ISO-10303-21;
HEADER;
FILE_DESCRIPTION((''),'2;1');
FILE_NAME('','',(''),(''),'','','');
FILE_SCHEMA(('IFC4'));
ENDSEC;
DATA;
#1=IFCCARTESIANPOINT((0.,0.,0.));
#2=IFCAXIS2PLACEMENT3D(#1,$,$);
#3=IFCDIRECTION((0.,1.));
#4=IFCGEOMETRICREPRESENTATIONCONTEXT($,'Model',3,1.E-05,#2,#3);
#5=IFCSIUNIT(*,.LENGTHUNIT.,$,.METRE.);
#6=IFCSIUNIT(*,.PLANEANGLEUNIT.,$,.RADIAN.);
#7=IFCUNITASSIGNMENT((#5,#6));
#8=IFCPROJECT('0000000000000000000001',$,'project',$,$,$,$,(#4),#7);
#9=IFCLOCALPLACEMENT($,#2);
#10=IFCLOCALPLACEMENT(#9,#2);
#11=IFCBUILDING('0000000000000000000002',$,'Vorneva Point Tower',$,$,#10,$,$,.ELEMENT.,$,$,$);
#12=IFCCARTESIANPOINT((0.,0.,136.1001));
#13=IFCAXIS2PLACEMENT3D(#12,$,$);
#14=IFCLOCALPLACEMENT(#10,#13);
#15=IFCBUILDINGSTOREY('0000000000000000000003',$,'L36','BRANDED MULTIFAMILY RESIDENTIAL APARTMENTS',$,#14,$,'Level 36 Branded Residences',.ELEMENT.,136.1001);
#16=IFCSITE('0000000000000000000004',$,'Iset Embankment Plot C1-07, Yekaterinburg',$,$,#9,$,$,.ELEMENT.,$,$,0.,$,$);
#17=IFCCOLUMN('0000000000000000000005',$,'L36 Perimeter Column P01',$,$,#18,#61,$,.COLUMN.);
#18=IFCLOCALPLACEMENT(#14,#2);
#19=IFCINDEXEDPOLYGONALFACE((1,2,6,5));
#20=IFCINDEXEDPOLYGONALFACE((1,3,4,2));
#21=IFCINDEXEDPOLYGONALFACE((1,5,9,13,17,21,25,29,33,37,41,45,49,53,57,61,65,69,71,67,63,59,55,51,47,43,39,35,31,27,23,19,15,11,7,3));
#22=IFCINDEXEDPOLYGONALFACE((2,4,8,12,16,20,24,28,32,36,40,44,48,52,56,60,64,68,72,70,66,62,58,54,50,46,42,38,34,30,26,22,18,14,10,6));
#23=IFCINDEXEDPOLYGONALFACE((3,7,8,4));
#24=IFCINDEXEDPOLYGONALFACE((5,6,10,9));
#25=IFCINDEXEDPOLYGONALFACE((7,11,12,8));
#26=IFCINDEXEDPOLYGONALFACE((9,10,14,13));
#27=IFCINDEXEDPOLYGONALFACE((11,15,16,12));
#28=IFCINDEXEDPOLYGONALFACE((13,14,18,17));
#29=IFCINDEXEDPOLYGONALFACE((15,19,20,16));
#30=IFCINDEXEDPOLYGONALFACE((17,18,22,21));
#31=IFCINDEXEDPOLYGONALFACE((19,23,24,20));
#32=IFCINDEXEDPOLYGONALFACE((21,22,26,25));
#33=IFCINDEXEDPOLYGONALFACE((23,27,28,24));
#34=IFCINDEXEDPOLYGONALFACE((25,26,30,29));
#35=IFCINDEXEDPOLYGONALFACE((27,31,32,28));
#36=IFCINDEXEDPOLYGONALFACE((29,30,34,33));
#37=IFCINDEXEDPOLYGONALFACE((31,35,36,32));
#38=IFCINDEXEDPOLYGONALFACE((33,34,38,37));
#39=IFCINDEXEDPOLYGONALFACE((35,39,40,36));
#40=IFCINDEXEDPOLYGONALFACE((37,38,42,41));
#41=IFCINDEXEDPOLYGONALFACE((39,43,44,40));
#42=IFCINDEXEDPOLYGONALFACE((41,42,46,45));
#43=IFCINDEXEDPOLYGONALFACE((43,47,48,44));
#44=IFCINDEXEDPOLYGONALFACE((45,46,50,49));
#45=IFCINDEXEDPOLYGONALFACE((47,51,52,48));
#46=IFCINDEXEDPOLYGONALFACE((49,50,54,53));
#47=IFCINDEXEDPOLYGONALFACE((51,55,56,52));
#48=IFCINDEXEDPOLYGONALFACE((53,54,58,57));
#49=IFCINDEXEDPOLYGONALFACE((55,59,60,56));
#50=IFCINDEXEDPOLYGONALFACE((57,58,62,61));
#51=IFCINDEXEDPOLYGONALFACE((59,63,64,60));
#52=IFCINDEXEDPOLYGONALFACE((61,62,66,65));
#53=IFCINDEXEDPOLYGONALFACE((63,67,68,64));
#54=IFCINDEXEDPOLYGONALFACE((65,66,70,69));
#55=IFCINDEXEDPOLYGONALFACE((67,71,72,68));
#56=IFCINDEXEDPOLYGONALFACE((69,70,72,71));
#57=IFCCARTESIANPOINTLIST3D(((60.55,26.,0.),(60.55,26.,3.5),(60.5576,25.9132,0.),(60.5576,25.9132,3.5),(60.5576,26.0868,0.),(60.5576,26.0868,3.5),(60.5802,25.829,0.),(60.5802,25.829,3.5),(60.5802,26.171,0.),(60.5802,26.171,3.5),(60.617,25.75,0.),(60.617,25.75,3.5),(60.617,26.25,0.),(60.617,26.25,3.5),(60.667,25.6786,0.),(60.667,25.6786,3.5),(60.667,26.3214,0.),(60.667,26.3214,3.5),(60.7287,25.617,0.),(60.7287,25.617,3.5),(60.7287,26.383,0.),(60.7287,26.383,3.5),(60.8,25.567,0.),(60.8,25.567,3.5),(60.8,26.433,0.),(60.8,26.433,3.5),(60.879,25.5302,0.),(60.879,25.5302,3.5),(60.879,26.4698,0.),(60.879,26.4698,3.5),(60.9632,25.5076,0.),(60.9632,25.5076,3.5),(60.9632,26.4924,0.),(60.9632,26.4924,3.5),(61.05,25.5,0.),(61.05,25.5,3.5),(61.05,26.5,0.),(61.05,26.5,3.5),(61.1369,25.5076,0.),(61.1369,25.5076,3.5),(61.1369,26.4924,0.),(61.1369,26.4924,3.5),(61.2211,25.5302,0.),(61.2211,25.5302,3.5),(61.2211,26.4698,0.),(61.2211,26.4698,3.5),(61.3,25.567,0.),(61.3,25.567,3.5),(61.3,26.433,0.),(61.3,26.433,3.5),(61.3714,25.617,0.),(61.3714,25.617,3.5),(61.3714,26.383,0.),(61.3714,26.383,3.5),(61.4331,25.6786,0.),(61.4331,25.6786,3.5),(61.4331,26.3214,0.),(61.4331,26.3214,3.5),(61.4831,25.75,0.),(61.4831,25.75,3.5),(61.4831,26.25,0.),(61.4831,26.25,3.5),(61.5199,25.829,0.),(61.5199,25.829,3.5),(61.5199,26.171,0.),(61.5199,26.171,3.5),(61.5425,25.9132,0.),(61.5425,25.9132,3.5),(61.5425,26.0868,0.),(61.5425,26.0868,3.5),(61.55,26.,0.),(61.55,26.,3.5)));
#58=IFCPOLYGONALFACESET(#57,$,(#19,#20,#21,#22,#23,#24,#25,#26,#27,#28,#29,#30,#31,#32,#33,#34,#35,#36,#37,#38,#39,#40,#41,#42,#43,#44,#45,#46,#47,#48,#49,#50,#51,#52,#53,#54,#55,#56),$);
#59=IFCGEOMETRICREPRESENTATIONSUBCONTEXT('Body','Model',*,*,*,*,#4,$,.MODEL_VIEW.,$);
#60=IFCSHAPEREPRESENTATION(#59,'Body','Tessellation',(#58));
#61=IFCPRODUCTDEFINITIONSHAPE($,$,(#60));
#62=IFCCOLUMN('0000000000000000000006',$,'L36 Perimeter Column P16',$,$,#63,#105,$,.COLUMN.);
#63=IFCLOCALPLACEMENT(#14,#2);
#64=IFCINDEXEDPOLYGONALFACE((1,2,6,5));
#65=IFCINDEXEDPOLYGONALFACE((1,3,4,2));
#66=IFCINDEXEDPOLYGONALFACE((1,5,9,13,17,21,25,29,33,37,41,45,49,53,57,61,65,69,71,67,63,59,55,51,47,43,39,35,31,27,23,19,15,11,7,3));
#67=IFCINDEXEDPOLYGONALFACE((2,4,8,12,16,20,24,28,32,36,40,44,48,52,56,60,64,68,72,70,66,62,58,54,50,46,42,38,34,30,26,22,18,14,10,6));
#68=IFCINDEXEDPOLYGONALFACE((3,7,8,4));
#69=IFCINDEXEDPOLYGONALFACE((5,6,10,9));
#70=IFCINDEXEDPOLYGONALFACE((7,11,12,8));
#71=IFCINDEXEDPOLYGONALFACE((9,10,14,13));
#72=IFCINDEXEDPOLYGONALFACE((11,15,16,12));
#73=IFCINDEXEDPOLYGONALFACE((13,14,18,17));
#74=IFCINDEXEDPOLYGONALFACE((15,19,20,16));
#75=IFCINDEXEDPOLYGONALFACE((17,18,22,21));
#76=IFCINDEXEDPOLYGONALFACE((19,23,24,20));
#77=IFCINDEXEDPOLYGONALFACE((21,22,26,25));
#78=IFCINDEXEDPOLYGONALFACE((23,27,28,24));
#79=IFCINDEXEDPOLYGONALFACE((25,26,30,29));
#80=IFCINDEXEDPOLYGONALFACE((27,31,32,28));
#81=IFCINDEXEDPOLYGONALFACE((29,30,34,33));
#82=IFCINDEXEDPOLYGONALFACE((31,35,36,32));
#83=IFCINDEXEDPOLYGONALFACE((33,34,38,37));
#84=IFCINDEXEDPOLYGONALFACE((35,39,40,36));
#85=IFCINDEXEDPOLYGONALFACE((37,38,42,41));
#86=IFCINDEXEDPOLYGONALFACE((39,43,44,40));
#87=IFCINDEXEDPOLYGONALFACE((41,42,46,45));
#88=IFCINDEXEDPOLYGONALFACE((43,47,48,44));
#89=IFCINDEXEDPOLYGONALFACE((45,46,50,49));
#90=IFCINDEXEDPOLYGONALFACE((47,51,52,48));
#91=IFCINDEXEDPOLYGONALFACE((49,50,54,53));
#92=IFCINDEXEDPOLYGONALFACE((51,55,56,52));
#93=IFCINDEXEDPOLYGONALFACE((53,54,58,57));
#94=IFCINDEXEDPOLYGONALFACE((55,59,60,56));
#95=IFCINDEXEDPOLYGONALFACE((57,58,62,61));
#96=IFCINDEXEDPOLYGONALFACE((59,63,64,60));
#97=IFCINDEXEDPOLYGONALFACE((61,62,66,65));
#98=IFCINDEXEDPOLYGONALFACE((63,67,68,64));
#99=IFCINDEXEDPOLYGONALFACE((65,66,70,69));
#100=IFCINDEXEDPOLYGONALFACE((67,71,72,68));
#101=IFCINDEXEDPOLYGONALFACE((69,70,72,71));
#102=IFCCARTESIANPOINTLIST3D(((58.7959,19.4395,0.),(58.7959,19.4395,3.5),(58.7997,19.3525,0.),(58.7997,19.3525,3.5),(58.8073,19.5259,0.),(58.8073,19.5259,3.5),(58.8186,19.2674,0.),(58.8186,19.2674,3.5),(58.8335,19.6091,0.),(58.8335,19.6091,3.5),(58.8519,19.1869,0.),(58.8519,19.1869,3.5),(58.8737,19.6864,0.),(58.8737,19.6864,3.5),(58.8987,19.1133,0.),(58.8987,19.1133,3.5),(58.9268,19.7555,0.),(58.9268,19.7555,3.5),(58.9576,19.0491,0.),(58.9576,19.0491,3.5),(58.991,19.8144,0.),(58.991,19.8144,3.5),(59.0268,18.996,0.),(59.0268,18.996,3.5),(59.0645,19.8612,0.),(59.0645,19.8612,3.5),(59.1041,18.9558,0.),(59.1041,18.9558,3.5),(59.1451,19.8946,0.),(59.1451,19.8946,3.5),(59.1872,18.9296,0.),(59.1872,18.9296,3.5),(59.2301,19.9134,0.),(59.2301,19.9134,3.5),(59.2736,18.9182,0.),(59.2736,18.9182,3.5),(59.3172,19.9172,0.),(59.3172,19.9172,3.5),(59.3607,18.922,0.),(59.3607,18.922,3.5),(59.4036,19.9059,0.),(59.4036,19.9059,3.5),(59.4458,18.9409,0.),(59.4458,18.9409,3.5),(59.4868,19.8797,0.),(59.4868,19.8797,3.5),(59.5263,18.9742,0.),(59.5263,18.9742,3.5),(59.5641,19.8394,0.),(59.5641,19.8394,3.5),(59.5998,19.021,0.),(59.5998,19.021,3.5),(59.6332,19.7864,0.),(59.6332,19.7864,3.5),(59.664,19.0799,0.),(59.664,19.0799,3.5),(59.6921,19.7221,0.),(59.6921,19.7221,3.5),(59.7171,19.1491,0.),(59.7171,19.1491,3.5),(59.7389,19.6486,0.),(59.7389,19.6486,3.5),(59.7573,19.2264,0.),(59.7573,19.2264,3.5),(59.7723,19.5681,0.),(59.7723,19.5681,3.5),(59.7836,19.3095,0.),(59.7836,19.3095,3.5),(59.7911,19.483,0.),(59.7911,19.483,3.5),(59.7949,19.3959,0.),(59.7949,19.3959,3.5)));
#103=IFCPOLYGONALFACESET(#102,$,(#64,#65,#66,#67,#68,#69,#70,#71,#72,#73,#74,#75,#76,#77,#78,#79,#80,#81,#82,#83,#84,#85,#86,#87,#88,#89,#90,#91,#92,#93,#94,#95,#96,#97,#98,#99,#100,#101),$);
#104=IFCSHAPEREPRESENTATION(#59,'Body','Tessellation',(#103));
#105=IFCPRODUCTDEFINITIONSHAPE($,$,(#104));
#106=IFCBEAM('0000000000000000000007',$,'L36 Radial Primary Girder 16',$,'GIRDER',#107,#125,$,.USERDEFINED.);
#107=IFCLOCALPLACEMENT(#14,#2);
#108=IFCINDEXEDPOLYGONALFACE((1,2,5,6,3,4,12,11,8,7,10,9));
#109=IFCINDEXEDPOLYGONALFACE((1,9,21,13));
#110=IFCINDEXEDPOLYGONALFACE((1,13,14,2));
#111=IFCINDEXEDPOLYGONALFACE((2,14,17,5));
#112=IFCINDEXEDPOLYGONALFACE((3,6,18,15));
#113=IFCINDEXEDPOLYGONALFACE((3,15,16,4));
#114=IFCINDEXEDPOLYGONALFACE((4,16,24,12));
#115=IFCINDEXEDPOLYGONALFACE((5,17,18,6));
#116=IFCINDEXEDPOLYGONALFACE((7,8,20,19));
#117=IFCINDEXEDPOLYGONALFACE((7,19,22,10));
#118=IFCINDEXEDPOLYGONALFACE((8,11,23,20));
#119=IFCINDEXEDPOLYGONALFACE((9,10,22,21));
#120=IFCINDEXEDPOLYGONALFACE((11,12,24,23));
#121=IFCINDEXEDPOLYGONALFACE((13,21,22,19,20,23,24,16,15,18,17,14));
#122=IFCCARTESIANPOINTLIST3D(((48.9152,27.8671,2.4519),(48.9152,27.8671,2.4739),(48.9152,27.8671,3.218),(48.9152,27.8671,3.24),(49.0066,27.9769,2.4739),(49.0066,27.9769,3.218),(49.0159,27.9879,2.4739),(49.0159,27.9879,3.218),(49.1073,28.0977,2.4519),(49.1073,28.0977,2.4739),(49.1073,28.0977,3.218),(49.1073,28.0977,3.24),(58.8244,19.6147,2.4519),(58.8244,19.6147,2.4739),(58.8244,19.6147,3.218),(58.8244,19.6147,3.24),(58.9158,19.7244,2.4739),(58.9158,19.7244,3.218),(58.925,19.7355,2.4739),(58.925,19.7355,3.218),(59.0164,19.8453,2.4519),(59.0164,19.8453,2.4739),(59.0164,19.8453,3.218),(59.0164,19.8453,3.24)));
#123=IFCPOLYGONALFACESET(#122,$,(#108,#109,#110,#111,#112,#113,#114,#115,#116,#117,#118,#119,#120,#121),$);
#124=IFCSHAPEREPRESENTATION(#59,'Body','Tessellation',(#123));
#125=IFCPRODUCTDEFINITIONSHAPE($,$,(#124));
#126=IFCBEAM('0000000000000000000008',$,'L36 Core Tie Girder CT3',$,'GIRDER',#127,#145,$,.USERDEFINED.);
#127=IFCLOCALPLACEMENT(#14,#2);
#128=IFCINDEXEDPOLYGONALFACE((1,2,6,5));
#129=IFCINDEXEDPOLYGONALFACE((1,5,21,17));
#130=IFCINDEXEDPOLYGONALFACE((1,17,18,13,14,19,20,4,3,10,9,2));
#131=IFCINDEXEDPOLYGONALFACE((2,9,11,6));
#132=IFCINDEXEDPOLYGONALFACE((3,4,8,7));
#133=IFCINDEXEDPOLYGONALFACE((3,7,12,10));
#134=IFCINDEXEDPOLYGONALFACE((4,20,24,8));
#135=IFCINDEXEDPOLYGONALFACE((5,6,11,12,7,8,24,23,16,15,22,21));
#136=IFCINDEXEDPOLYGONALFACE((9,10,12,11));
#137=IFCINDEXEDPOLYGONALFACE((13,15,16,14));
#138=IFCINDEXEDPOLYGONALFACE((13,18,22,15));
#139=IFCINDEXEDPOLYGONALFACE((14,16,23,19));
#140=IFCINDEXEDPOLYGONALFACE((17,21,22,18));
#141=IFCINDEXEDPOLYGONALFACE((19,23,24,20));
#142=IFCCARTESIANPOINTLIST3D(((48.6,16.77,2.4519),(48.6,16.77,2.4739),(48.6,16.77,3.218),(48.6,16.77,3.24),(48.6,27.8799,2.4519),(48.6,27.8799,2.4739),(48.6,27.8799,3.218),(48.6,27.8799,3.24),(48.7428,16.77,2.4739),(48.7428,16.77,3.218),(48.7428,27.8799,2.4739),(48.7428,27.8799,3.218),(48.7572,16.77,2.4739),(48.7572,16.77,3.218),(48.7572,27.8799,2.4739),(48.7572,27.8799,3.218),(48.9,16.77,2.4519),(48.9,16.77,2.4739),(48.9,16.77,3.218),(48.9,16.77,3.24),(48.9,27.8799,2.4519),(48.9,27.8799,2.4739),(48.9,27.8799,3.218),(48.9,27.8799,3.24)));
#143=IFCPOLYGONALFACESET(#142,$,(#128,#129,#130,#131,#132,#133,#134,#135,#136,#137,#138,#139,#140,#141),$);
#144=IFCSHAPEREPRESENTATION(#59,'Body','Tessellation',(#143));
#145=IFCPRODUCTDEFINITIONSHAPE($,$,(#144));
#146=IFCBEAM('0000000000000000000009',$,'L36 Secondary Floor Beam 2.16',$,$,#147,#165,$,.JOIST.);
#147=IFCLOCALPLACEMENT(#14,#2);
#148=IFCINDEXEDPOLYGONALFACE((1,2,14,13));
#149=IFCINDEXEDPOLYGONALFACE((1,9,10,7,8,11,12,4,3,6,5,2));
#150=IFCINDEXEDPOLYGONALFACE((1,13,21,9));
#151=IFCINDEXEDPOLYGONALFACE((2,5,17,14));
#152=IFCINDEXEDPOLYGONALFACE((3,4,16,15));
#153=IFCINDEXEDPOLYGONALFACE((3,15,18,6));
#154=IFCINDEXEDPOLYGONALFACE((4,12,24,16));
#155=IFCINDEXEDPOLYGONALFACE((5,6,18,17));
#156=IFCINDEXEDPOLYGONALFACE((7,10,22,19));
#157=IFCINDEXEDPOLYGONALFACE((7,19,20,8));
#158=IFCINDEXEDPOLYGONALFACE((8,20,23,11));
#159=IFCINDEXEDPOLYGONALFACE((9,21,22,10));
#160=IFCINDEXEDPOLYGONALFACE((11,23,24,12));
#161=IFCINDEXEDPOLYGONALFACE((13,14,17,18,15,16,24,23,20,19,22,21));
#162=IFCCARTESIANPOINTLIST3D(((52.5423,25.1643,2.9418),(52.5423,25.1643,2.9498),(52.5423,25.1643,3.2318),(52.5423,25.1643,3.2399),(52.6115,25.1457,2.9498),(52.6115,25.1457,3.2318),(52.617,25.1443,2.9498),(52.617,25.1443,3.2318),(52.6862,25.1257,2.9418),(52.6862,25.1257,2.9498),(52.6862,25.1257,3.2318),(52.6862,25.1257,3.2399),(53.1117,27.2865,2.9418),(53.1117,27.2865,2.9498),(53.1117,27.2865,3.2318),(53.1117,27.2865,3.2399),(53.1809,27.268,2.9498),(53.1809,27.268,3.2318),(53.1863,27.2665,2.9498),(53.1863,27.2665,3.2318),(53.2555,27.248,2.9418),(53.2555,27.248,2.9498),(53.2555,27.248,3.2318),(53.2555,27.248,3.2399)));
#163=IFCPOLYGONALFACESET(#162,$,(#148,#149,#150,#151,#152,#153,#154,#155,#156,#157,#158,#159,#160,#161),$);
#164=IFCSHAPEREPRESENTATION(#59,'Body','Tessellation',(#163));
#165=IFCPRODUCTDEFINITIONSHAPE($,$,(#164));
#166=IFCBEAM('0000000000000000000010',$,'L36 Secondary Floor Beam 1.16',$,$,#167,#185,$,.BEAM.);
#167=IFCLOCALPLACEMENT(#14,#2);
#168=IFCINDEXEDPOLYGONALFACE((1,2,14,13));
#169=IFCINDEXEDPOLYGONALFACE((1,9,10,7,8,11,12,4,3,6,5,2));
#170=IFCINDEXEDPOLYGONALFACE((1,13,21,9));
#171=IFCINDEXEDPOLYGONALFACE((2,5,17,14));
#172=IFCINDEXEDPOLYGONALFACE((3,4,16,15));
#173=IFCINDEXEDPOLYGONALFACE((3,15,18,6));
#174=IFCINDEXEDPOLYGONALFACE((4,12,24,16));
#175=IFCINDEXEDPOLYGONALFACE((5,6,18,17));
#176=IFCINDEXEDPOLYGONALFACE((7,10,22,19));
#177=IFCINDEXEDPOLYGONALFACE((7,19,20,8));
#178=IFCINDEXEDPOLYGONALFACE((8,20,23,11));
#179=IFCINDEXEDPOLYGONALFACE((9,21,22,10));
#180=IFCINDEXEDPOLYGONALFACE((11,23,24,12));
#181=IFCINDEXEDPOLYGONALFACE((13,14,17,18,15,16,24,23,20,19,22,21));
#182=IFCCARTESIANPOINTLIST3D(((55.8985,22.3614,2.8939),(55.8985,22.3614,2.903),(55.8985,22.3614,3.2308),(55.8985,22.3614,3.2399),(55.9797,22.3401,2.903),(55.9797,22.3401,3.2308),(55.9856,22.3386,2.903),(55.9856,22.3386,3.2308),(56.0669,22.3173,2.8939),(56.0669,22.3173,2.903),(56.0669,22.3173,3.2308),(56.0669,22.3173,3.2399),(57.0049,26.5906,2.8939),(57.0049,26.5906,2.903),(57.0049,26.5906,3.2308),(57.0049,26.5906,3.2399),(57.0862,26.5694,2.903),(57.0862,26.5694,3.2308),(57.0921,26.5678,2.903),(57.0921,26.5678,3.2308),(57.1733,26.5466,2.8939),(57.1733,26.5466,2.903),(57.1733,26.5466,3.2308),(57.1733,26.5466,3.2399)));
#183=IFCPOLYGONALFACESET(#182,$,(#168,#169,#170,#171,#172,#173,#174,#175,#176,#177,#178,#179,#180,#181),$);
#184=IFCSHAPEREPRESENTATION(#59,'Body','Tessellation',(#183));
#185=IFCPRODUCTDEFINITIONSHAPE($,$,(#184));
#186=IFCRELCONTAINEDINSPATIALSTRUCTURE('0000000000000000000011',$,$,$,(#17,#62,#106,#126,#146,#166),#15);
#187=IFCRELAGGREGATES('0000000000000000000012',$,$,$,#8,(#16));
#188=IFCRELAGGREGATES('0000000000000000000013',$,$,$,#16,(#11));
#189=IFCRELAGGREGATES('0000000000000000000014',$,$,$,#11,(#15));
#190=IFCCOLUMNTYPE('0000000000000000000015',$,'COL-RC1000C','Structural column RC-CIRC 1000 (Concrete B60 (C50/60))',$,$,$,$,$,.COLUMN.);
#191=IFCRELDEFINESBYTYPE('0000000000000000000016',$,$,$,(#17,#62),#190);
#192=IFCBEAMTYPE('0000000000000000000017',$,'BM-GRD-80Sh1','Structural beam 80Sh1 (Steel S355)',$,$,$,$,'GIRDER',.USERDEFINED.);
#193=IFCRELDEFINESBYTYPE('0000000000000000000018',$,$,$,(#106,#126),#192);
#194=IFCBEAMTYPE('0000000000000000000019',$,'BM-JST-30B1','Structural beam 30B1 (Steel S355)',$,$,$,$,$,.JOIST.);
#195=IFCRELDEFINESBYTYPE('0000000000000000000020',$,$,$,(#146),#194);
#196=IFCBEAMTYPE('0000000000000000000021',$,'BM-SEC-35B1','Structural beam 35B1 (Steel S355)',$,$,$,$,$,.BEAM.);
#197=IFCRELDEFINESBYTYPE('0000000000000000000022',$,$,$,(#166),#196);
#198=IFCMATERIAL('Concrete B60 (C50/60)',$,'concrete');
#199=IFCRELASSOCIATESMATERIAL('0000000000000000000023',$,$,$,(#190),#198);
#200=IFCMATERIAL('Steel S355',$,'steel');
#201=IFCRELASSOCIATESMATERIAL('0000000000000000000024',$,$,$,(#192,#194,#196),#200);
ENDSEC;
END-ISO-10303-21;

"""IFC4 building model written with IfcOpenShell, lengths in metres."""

from ifc_helpers import new_model, si_unit, direction, frame, origin, origin_2d, place, context, subcontext, project, spatial, circle, i_section, extrude, material, material_profile, profile_set, type_object, element, save


model = new_model("IFC4")

# Units and contexts
model_context = context("Model", 3, precision=1e-05, world=origin(), true_north=direction((0.0, 1.0)))
body_context = subcontext(model_context, "Body", "Model", "MODEL_VIEW")
ifc_project = project(units=[si_unit("LENGTHUNIT", "METRE"), si_unit("PLANEANGLEUNIT", "RADIAN")], contexts=[model_context])

# Site, building, storey
site_placement = place(None, origin())
site = spatial("IfcSite", under=ifc_project, at=site_placement, Name="Iset Embankment Plot C1-07, Yekaterinburg", CompositionType="ELEMENT", RefElevation=0.0)
building_placement = place(site_placement, origin())
building = spatial("IfcBuilding", under=site, at=building_placement, Name="Vorneva Point Tower", CompositionType="ELEMENT")
storey_placement = place(building_placement, frame((0.0, 0.0, 136.1001)))
storey = spatial("IfcBuildingStorey", under=building, at=storey_placement, Name="L36", Description="BRANDED MULTIFAMILY RESIDENTIAL APARTMENTS", LongName="Level 36 Branded Residences", CompositionType="ELEMENT", Elevation=136.1001)

# Columns
ifc_material_1 = material(Name="Concrete B60 (C50/60)", Category="concrete")
ifc_material_profile_1 = material_profile(ifc_material_1, circle(Radius=0.5, at=origin_2d()), Name="RC-CIRC 1000")
ifc_profile_set_1 = profile_set([ifc_material_profile_1], Name="Concrete B60 (C50/60)")
column_type = type_object("IfcColumnType", Name="COL-RC1000C", Description="Structural column RC-CIRC 1000 (Concrete B60 (C50/60))", PredefinedType="COLUMN", material=ifc_profile_set_1)
for number, where, z_axis, x_axis, name in (
    (1, (61.05, 26.0, 0.0), (0.0, 0.0, 1.0), (1.0, 0.0, 0.0), "L36 Perimeter Column P01"),
    (2, (59.2954, 19.4177, 0.0), (0.0, 0.0, 1.0), (0.92388, -0.382683, 0.0), "L36 Perimeter Column P16"),
):
    element("IfcColumn", number, at=place(storey_placement, frame(where, z_axis=z_axis, x_axis=x_axis)), inside=storey, type_object=column_type, Name=name, PredefinedType="COLUMN", context=body_context, shape_type="SweptSolid", body=[
        extrude(circle(Radius=0.5, at=origin_2d()), origin(), (0.0, 0.0, 1.0), 3.5),
    ])

# Beams
ifc_material_2 = material(Name="Steel S355", Category="steel")
ifc_material_profile_2 = material_profile(ifc_material_2, i_section(OverallWidth=0.3, OverallDepth=0.7881, WebThickness=0.0144, FlangeThickness=0.022, at=origin_2d()), Name="80Sh1")
ifc_profile_set_2 = profile_set([ifc_material_profile_2], Name="Steel S355")
beam_type_1 = type_object("IfcBeamType", Name="BM-GRD-80Sh1", Description="Structural beam 80Sh1 (Steel S355)", ElementType="GIRDER", PredefinedType="USERDEFINED", material=ifc_profile_set_2)
beam_1_placement = place(storey_placement, frame((58.9204, 19.73, 2.8459), z_axis=(-0.76842, 0.639946, 0.0), x_axis=(-0.639946, -0.76842, 0.0)))
element("IfcBeam", 3, at=beam_1_placement, inside=storey, type_object=beam_type_1, Name="L36 Radial Primary Girder 16", ObjectType="GIRDER", PredefinedType="USERDEFINED", context=body_context, shape_type="SweptSolid", body=[
    extrude(i_section(OverallWidth=0.3, OverallDepth=0.7881, WebThickness=0.0144, FlangeThickness=0.022, at=origin_2d()), origin(), (0.0, 0.0, 1.0), 12.8955),
])
beam_2_placement = place(storey_placement, frame((48.75, 16.77, 2.8459), z_axis=(0.0, 1.0, 0.0), x_axis=(-1.0, 0.0, 0.0)))
element("IfcBeam", 4, at=beam_2_placement, inside=storey, type_object=beam_type_1, Name="L36 Core Tie Girder CT3", ObjectType="GIRDER", PredefinedType="USERDEFINED", context=body_context, shape_type="SweptSolid", body=[
    extrude(i_section(OverallWidth=0.3, OverallDepth=0.7881, WebThickness=0.0144, FlangeThickness=0.022, at=origin_2d()), origin(), (0.0, 0.0, 1.0), 11.1099),
])
ifc_material_profile_3 = material_profile(ifc_material_2, i_section(OverallWidth=0.1489, OverallDepth=0.2981, WebThickness=0.0056, FlangeThickness=0.0081, at=origin_2d()), Name="30B1")
ifc_profile_set_3 = profile_set([ifc_material_profile_3], Name="Steel S355")
beam_type_2 = type_object("IfcBeamType", Name="BM-JST-30B1", Description="Structural beam 30B1 (Steel S355)", PredefinedType="JOIST", material=ifc_profile_set_3)
beam_3_placement = place(storey_placement, frame((52.6143, 25.145, 3.0908), z_axis=(0.259101, 0.96585, 0.0), x_axis=(-0.96585, 0.259101, 0.0)))
element("IfcBeam", 5, at=beam_3_placement, inside=storey, type_object=beam_type_2, Name="L36 Secondary Floor Beam 2.16", PredefinedType="JOIST", context=body_context, shape_type="SweptSolid", body=[
    extrude(i_section(OverallWidth=0.1489, OverallDepth=0.2981, WebThickness=0.0056, FlangeThickness=0.0081, at=origin_2d()), origin(), (0.0, 0.0, 1.0), 2.1973),
])
ifc_material_profile_4 = material_profile(ifc_material_2, i_section(OverallWidth=0.1741, OverallDepth=0.3459, WebThickness=0.0061, FlangeThickness=0.009, at=origin_2d()), Name="35B1")
ifc_profile_set_4 = profile_set([ifc_material_profile_4], Name="Steel S355")
beam_type_3 = type_object("IfcBeamType", Name="BM-SEC-35B1", Description="Structural beam 35B1 (Steel S355)", PredefinedType="BEAM", material=ifc_profile_set_4)
beam_4_placement = place(storey_placement, frame((55.9827, 22.3394, 3.0669), z_axis=(0.253099, 0.96744, 0.0), x_axis=(-0.96744, 0.253099, 0.0)))
element("IfcBeam", 6, at=beam_4_placement, inside=storey, type_object=beam_type_3, Name="L36 Secondary Floor Beam 1.16", PredefinedType="BEAM", context=body_context, shape_type="SweptSolid", body=[
    extrude(i_section(OverallWidth=0.1741, OverallDepth=0.3459, WebThickness=0.0061, FlangeThickness=0.009, at=origin_2d()), origin(), (0.0, 0.0, 1.0), 4.3716),
])

save(model, "model.ifc")
